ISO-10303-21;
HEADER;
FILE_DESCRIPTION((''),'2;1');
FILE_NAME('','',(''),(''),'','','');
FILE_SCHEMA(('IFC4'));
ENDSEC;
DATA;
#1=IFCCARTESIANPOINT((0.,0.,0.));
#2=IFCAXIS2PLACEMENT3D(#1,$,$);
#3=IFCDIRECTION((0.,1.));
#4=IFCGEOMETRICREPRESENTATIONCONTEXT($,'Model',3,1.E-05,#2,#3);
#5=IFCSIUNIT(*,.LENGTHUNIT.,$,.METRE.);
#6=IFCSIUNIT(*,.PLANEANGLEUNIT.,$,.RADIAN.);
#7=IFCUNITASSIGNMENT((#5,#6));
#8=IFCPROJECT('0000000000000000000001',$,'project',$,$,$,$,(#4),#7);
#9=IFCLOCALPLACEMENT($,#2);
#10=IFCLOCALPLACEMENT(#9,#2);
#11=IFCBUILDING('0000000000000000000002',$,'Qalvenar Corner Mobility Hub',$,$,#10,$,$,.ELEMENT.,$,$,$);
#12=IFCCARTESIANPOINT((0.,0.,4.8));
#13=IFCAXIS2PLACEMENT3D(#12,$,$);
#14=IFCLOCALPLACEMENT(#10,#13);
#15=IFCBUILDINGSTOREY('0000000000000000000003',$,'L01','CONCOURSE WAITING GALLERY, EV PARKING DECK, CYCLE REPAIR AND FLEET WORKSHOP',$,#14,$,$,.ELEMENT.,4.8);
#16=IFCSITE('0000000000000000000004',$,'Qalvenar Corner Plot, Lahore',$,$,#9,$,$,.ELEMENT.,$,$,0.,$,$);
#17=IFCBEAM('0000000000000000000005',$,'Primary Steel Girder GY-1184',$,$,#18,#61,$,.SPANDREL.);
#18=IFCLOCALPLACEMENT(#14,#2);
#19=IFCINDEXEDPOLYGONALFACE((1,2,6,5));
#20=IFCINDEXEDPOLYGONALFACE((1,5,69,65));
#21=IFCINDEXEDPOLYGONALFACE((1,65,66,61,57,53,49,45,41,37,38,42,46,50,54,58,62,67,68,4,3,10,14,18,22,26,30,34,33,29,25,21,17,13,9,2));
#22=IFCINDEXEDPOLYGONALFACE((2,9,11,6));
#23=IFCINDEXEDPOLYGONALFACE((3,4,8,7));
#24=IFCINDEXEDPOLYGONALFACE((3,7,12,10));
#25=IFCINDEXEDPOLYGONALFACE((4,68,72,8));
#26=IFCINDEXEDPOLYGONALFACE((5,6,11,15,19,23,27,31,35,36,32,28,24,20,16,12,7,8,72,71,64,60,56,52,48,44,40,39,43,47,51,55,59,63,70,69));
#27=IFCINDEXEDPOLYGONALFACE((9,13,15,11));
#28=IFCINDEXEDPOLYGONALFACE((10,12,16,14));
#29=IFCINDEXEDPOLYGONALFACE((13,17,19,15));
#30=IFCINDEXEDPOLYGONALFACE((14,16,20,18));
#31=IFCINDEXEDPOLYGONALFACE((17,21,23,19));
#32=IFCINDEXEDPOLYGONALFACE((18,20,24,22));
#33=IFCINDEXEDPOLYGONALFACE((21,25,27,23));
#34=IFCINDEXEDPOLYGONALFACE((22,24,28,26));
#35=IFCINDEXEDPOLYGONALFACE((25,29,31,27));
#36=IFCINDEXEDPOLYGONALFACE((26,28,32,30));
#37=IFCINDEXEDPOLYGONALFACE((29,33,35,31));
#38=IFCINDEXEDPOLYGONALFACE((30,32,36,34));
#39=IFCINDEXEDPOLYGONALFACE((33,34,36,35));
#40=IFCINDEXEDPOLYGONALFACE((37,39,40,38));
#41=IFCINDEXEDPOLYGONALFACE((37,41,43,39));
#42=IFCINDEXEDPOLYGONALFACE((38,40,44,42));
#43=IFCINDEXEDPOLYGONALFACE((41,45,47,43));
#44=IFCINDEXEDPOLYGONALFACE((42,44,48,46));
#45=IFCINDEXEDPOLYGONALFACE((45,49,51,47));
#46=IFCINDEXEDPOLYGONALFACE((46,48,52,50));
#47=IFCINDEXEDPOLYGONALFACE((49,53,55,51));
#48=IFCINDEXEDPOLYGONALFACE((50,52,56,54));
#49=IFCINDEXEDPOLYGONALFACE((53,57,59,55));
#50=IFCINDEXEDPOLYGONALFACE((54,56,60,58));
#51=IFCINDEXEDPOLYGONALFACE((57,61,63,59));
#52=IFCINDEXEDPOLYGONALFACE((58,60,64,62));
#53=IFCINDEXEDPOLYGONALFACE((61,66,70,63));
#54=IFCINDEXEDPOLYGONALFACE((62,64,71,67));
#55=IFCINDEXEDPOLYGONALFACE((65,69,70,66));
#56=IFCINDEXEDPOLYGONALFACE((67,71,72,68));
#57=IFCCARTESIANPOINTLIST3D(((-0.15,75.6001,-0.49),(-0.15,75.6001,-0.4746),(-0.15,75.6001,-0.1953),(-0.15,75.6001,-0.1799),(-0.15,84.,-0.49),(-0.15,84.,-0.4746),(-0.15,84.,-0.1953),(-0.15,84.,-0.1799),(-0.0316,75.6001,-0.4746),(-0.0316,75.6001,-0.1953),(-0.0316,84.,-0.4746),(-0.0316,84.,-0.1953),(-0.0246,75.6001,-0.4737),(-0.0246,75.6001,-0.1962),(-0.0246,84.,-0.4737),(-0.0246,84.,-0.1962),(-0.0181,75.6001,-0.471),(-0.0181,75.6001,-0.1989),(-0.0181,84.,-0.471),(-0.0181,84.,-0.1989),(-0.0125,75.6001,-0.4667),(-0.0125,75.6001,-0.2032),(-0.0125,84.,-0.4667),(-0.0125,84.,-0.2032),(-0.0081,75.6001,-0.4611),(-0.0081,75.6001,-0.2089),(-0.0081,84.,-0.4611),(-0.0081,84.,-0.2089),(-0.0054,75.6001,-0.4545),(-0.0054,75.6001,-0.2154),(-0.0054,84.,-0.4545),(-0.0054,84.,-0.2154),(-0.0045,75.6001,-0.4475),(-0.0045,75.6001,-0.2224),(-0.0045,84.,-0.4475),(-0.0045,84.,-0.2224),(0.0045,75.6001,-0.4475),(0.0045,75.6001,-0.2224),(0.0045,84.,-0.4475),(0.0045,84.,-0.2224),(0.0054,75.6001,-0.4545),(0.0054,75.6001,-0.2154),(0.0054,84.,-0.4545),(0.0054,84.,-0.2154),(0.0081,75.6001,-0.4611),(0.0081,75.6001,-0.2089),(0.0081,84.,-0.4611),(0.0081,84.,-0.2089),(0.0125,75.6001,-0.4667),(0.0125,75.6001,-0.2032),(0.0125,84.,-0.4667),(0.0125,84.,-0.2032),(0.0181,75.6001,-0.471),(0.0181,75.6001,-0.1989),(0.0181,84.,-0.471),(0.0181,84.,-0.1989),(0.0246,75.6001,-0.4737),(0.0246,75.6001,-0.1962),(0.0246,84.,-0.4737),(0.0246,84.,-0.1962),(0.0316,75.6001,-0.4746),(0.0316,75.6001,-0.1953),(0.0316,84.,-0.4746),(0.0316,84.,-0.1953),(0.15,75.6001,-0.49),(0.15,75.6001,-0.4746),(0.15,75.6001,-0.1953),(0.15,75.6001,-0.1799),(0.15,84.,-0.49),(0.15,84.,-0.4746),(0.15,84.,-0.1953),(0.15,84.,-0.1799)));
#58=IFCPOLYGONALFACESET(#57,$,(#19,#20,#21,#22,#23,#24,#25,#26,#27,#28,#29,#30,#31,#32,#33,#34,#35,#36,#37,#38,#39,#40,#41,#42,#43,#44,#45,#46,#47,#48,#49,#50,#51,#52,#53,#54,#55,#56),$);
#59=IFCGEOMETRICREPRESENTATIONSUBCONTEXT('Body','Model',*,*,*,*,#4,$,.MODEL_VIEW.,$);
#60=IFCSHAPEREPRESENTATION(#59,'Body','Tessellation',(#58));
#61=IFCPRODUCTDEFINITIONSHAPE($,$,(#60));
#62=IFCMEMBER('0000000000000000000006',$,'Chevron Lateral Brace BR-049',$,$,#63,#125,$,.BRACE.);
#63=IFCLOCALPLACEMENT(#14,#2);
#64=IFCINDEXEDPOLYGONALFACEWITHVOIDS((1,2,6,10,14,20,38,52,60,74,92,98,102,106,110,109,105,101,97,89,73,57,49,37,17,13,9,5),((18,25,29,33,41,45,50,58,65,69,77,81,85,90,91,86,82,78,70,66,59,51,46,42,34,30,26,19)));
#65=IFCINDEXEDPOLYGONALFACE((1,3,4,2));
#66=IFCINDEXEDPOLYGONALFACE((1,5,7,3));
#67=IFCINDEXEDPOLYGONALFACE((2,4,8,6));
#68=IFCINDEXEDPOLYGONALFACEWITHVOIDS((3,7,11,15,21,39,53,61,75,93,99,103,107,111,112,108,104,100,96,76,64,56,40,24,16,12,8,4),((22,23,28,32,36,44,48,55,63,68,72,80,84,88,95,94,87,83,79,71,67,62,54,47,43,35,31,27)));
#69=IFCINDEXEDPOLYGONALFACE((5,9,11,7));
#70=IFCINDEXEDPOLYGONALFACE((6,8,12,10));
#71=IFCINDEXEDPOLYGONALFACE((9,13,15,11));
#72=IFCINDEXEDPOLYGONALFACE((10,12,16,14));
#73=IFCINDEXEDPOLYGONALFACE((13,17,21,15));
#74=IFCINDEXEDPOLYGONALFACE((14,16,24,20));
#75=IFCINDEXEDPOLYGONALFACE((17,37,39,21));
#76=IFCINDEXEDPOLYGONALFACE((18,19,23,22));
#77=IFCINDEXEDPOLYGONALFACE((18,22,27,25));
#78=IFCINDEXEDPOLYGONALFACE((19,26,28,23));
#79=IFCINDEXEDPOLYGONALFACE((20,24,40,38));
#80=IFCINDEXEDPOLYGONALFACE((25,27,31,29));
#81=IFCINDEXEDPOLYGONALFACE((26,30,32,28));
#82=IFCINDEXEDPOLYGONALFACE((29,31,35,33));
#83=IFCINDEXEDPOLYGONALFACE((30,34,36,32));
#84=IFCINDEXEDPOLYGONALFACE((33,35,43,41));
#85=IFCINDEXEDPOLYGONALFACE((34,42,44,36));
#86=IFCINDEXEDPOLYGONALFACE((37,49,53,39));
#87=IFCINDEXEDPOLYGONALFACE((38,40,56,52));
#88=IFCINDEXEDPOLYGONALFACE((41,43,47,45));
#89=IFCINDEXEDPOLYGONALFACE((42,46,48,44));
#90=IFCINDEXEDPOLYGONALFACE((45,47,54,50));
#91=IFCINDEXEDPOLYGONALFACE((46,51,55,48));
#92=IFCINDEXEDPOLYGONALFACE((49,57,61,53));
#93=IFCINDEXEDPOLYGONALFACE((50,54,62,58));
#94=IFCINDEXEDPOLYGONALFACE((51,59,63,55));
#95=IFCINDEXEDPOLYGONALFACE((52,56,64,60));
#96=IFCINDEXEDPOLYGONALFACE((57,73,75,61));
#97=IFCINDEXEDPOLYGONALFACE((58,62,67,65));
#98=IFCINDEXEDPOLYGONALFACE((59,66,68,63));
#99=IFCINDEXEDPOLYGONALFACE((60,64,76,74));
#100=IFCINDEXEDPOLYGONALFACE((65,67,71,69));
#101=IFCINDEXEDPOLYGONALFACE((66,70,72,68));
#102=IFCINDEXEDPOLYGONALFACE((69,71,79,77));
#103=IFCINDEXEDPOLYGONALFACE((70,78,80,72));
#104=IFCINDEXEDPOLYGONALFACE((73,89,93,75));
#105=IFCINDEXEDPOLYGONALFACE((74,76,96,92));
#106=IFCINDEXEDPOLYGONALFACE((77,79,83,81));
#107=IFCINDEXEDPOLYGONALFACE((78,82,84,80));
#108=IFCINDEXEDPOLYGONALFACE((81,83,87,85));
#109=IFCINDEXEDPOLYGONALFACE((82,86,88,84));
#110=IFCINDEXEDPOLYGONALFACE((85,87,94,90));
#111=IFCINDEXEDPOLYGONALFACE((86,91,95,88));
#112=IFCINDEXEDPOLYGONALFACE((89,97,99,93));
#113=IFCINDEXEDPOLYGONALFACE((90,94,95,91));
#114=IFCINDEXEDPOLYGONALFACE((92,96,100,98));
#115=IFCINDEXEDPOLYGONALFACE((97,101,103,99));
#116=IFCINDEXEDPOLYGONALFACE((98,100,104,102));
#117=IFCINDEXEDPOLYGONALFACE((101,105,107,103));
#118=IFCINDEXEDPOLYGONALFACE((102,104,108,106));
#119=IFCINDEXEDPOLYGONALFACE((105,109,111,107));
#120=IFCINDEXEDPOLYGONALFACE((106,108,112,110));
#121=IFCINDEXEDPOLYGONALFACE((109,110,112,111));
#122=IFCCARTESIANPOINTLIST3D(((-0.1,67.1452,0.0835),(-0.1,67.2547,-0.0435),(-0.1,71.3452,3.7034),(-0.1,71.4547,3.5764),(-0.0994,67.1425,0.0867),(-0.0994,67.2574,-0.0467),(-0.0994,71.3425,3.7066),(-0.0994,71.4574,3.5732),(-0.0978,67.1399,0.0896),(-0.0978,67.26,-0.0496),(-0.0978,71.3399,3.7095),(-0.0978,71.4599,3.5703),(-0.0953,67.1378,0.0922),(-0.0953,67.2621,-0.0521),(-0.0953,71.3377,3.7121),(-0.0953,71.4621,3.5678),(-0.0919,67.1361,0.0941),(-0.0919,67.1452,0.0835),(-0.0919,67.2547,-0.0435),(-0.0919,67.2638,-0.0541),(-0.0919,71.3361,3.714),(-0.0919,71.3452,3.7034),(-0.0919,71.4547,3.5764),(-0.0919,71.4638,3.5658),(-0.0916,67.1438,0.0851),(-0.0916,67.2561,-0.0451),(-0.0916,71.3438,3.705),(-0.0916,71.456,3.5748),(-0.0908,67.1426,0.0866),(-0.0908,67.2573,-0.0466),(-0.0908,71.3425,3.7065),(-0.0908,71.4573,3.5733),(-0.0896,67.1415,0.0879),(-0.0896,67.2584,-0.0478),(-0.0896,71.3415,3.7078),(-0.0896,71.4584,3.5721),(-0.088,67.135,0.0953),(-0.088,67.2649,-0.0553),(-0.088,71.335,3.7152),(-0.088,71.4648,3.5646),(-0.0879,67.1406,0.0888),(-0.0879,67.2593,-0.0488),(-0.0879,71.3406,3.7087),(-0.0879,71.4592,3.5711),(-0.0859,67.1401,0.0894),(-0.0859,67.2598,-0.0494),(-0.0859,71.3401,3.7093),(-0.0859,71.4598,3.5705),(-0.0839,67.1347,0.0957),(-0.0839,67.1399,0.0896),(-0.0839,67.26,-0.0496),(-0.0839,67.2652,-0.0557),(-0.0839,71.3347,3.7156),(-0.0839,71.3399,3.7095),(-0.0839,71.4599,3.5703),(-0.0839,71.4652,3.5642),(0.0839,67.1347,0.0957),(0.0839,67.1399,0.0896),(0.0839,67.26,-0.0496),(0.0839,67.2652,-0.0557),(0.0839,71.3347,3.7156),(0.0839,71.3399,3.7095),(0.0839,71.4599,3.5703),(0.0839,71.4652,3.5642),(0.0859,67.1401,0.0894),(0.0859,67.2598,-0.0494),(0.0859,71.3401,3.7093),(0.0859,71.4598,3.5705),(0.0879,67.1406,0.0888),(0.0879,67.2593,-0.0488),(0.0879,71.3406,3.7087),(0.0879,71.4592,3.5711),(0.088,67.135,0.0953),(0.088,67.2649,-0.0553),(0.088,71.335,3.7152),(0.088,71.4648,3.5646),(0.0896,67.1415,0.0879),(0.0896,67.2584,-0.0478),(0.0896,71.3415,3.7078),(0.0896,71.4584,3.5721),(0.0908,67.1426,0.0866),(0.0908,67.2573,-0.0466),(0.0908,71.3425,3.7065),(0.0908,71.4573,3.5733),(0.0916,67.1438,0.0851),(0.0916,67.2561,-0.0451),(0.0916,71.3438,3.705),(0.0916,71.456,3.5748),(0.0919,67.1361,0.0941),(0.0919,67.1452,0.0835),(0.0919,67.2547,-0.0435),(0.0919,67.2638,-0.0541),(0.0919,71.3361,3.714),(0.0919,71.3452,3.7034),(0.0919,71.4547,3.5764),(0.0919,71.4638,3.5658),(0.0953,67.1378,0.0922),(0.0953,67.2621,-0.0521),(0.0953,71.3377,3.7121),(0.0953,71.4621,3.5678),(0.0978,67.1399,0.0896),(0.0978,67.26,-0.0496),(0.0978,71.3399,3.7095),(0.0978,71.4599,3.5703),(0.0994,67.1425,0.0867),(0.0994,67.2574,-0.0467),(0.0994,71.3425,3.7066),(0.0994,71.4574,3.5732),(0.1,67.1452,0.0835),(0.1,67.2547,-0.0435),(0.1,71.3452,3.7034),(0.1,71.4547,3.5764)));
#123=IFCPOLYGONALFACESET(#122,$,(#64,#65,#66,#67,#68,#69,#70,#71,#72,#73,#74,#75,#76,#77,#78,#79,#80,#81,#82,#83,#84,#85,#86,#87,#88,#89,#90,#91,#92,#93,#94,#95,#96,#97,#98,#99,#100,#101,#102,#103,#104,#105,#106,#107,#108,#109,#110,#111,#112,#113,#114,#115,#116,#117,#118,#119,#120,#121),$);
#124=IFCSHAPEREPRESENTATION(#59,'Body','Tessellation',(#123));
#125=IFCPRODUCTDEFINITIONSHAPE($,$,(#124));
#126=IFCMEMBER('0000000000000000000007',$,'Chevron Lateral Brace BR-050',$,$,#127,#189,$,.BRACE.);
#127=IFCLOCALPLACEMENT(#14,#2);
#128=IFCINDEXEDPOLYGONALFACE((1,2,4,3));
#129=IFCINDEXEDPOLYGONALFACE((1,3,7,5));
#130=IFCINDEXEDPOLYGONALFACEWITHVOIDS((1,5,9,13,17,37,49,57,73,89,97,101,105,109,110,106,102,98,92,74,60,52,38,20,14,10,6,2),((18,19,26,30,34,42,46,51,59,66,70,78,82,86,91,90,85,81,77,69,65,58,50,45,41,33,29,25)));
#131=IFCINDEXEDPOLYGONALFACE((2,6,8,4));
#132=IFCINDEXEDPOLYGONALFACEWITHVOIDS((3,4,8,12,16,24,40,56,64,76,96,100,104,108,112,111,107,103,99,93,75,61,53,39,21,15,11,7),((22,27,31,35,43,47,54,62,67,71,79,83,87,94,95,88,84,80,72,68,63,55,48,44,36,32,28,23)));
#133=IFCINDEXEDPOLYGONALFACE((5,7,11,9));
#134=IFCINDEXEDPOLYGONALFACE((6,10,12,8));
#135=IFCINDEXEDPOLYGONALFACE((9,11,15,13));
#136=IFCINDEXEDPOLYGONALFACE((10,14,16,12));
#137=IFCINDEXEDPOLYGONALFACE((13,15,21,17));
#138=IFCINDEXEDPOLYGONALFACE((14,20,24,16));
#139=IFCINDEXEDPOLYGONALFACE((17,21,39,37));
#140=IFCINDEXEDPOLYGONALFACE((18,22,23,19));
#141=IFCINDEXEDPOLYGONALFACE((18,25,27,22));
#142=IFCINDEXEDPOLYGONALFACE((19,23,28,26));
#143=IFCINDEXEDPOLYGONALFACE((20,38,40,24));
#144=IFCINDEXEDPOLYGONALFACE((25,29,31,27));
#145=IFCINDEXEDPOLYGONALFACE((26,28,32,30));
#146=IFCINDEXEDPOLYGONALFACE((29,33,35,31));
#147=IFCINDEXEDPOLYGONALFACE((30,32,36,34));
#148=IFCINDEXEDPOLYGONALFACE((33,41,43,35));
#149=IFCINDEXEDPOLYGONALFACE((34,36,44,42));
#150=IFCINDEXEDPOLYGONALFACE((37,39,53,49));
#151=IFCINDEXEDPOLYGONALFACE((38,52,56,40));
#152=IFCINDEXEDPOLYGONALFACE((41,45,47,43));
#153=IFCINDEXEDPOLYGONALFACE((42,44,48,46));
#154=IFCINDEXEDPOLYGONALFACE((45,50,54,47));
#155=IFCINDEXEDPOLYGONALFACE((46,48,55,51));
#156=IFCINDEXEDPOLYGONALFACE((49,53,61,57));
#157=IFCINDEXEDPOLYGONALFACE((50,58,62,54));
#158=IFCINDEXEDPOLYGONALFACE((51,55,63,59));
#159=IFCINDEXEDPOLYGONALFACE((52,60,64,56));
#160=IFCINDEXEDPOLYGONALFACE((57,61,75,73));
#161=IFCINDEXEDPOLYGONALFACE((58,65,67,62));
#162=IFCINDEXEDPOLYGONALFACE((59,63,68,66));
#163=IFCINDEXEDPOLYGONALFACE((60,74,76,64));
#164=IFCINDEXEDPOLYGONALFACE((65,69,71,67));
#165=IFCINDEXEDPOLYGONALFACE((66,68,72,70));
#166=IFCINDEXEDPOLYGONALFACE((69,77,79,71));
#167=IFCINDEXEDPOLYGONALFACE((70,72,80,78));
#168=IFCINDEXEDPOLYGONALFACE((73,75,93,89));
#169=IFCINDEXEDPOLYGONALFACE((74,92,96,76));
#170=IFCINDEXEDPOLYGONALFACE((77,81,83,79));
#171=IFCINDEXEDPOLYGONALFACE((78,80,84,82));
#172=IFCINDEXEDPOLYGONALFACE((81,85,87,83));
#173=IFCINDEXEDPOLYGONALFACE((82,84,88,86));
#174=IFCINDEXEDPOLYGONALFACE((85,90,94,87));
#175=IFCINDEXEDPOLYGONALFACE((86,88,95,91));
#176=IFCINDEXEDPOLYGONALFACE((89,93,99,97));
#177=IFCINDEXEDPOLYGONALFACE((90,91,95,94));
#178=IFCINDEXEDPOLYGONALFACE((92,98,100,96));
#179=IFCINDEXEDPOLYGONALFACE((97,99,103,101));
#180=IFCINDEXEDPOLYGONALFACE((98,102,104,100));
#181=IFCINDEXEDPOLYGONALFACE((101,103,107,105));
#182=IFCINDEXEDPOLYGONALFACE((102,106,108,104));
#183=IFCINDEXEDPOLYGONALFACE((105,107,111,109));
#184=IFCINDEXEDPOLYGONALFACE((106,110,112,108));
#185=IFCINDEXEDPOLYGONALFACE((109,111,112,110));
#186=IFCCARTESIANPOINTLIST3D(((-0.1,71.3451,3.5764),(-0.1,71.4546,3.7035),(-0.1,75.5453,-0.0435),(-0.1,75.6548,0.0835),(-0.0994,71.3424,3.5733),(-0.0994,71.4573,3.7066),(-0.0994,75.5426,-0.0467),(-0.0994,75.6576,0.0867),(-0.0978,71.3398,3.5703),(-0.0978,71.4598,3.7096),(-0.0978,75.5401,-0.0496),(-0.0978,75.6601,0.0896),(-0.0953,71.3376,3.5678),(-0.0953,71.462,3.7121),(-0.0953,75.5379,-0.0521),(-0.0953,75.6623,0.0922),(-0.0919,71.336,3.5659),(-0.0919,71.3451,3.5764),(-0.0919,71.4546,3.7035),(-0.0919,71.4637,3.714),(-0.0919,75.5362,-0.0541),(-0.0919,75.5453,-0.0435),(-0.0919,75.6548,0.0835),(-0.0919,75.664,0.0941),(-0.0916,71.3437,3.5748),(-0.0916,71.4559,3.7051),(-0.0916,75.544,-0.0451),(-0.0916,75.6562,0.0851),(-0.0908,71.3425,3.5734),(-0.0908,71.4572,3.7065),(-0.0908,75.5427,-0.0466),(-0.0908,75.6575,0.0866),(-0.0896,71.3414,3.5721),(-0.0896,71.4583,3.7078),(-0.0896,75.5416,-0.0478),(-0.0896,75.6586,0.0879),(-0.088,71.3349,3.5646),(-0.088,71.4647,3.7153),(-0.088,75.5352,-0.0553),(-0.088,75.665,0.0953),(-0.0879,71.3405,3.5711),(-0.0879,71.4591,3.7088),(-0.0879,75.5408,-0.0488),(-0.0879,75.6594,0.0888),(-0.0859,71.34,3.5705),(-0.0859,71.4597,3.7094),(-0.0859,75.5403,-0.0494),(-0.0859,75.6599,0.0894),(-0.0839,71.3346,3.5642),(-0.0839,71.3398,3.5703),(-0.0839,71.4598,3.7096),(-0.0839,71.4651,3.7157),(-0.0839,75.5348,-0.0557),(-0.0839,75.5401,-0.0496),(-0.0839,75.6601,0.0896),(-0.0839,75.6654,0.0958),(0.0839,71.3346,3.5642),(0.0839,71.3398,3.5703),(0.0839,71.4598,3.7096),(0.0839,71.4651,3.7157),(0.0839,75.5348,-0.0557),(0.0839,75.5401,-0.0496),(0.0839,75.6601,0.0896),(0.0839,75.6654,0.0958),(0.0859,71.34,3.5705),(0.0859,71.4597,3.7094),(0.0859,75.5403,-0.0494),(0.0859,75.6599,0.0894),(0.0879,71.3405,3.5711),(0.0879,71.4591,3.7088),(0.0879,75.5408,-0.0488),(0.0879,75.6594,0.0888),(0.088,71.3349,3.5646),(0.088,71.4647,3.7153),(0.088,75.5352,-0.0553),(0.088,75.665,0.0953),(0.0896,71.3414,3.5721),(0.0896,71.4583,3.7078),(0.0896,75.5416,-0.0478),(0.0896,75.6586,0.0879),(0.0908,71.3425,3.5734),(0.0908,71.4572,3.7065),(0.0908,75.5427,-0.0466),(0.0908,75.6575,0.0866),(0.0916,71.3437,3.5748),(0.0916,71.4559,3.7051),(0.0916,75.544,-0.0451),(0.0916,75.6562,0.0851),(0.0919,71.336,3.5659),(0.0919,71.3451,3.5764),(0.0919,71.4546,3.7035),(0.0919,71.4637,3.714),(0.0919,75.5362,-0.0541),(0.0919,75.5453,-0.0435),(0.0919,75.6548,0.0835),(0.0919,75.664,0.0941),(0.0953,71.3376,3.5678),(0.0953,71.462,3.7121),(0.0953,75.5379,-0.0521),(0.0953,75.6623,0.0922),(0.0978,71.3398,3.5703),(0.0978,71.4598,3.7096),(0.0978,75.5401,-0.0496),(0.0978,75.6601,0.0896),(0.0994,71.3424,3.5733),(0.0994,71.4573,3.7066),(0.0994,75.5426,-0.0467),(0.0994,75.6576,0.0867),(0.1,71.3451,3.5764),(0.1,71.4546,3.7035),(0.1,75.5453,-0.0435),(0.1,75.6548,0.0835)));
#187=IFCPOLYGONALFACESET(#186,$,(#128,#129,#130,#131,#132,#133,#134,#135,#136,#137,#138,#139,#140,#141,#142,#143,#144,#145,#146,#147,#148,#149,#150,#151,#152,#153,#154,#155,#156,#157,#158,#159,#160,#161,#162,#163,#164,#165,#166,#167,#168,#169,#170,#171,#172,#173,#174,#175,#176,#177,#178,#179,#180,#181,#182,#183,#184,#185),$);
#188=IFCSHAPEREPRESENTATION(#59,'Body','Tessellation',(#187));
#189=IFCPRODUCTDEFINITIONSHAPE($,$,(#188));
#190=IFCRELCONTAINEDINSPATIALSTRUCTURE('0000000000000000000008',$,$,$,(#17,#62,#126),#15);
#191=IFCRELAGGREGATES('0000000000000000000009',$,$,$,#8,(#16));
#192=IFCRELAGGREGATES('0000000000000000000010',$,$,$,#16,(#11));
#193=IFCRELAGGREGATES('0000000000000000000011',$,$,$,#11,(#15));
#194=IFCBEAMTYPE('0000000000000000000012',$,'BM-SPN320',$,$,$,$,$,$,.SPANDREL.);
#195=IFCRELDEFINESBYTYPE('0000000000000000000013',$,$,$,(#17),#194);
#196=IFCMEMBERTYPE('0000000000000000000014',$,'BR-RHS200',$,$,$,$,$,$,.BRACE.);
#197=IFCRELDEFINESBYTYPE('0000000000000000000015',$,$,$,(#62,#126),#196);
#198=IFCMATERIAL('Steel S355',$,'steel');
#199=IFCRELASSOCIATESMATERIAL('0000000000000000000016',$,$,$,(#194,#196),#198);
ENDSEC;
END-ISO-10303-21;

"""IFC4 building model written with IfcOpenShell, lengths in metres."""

from ifc_helpers import new_model, si_unit, direction, frame, origin, origin_2d, place, context, subcontext, project, spatial, hollow_rectangle, i_section, extrude, material, material_profile, profile_set, type_object, element, save


model = new_model("IFC4")

# Units and contexts
model_context = context("Model", 3, precision=1e-05, world=origin(), true_north=direction((0.0, 1.0)))
body_context = subcontext(model_context, "Body", "Model", "MODEL_VIEW")
ifc_project = project(units=[si_unit("LENGTHUNIT", "METRE"), si_unit("PLANEANGLEUNIT", "RADIAN")], contexts=[model_context])

# Site, building, storey
site_placement = place(None, origin())
site = spatial("IfcSite", under=ifc_project, at=site_placement, Name="Qalvenar Corner Plot, Lahore", CompositionType="ELEMENT", RefElevation=0.0)
building_placement = place(site_placement, origin())
building = spatial("IfcBuilding", under=site, at=building_placement, Name="Qalvenar Corner Mobility Hub", CompositionType="ELEMENT")
storey_placement = place(building_placement, frame((0.0, 0.0, 4.8)))
storey = spatial("IfcBuildingStorey", under=building, at=storey_placement, Name="L01", Description="CONCOURSE WAITING GALLERY, EV PARKING DECK, CYCLE REPAIR AND FLEET WORKSHOP", CompositionType="ELEMENT", Elevation=4.8)

# Shared definitions
ifc_material_1 = material(Name="Steel S355", Category="steel")

# Beam
ifc_material_profile_1 = material_profile(ifc_material_1, i_section(OverallWidth=0.3, OverallDepth=0.3101, WebThickness=0.009, FlangeThickness=0.0154, FilletRadius=0.0271, at=origin_2d()), Name="HEA320")
ifc_profile_set_1 = profile_set([ifc_material_profile_1], Name="Steel S355")
beam_type_1 = type_object("IfcBeamType", Name="BM-SPN320", PredefinedType="SPANDREL", material=ifc_profile_set_1)
beam_1_placement = place(storey_placement, frame((0.0, 75.6001, -0.335), z_axis=(0.0, 1.0, 0.0), x_axis=(-1.0, 0.0, 0.0)))
element("IfcBeam", 1, at=beam_1_placement, inside=storey, type_object=beam_type_1, Name="Primary Steel Girder GY-1184", PredefinedType="SPANDREL", context=body_context, shape_type="SweptSolid", body=[
    extrude(i_section(OverallWidth=0.3, OverallDepth=0.3101, WebThickness=0.009, FlangeThickness=0.0154, FilletRadius=0.0271, at=origin_2d()), origin(), (0.0, 0.0, 1.0), 8.3999),
])

# Members
ifc_material_profile_2 = material_profile(ifc_material_1, hollow_rectangle(XDim=0.2, YDim=0.2, WallThickness=0.0081, InnerFilletRadius=0.0081, OuterFilletRadius=0.0161, at=origin_2d()), Name="SHS200x200x8")
ifc_profile_set_2 = profile_set([ifc_material_profile_2], Name="Steel S355")
member_type_1 = type_object("IfcMemberType", Name="BR-RHS200", PredefinedType="BRACE", material=ifc_profile_set_2)
member_1_placement = place(storey_placement, frame((0.0, 67.2, 0.02), z_axis=(0.0, 0.757479, 0.652859), x_axis=(-1.0, 0.0, 0.0)))
element("IfcMember", 2, at=member_1_placement, inside=storey, type_object=member_type_1, Name="Chevron Lateral Brace BR-049", PredefinedType="BRACE", context=body_context, shape_type="SweptSolid", body=[
    extrude(hollow_rectangle(XDim=0.2, YDim=0.2, WallThickness=0.0081, InnerFilletRadius=0.0081, OuterFilletRadius=0.0161, at=origin_2d()), origin(), (0.0, 0.0, 1.0), 5.5447),
])
member_2_placement = place(storey_placement, frame((0.0, 75.6001, 0.02), z_axis=(0.0, -0.757498, 0.652838), x_axis=(1.0, 0.0, 0.0)))
element("IfcMember", 3, at=member_2_placement, inside=storey, type_object=member_type_1, Name="Chevron Lateral Brace BR-050", PredefinedType="BRACE", context=body_context, shape_type="SweptSolid", body=[
    extrude(hollow_rectangle(XDim=0.2, YDim=0.2, WallThickness=0.0081, InnerFilletRadius=0.0081, OuterFilletRadius=0.0161, at=origin_2d()), origin(), (0.0, 0.0, 1.0), 5.5449),
])

save(model, "model.ifc")
